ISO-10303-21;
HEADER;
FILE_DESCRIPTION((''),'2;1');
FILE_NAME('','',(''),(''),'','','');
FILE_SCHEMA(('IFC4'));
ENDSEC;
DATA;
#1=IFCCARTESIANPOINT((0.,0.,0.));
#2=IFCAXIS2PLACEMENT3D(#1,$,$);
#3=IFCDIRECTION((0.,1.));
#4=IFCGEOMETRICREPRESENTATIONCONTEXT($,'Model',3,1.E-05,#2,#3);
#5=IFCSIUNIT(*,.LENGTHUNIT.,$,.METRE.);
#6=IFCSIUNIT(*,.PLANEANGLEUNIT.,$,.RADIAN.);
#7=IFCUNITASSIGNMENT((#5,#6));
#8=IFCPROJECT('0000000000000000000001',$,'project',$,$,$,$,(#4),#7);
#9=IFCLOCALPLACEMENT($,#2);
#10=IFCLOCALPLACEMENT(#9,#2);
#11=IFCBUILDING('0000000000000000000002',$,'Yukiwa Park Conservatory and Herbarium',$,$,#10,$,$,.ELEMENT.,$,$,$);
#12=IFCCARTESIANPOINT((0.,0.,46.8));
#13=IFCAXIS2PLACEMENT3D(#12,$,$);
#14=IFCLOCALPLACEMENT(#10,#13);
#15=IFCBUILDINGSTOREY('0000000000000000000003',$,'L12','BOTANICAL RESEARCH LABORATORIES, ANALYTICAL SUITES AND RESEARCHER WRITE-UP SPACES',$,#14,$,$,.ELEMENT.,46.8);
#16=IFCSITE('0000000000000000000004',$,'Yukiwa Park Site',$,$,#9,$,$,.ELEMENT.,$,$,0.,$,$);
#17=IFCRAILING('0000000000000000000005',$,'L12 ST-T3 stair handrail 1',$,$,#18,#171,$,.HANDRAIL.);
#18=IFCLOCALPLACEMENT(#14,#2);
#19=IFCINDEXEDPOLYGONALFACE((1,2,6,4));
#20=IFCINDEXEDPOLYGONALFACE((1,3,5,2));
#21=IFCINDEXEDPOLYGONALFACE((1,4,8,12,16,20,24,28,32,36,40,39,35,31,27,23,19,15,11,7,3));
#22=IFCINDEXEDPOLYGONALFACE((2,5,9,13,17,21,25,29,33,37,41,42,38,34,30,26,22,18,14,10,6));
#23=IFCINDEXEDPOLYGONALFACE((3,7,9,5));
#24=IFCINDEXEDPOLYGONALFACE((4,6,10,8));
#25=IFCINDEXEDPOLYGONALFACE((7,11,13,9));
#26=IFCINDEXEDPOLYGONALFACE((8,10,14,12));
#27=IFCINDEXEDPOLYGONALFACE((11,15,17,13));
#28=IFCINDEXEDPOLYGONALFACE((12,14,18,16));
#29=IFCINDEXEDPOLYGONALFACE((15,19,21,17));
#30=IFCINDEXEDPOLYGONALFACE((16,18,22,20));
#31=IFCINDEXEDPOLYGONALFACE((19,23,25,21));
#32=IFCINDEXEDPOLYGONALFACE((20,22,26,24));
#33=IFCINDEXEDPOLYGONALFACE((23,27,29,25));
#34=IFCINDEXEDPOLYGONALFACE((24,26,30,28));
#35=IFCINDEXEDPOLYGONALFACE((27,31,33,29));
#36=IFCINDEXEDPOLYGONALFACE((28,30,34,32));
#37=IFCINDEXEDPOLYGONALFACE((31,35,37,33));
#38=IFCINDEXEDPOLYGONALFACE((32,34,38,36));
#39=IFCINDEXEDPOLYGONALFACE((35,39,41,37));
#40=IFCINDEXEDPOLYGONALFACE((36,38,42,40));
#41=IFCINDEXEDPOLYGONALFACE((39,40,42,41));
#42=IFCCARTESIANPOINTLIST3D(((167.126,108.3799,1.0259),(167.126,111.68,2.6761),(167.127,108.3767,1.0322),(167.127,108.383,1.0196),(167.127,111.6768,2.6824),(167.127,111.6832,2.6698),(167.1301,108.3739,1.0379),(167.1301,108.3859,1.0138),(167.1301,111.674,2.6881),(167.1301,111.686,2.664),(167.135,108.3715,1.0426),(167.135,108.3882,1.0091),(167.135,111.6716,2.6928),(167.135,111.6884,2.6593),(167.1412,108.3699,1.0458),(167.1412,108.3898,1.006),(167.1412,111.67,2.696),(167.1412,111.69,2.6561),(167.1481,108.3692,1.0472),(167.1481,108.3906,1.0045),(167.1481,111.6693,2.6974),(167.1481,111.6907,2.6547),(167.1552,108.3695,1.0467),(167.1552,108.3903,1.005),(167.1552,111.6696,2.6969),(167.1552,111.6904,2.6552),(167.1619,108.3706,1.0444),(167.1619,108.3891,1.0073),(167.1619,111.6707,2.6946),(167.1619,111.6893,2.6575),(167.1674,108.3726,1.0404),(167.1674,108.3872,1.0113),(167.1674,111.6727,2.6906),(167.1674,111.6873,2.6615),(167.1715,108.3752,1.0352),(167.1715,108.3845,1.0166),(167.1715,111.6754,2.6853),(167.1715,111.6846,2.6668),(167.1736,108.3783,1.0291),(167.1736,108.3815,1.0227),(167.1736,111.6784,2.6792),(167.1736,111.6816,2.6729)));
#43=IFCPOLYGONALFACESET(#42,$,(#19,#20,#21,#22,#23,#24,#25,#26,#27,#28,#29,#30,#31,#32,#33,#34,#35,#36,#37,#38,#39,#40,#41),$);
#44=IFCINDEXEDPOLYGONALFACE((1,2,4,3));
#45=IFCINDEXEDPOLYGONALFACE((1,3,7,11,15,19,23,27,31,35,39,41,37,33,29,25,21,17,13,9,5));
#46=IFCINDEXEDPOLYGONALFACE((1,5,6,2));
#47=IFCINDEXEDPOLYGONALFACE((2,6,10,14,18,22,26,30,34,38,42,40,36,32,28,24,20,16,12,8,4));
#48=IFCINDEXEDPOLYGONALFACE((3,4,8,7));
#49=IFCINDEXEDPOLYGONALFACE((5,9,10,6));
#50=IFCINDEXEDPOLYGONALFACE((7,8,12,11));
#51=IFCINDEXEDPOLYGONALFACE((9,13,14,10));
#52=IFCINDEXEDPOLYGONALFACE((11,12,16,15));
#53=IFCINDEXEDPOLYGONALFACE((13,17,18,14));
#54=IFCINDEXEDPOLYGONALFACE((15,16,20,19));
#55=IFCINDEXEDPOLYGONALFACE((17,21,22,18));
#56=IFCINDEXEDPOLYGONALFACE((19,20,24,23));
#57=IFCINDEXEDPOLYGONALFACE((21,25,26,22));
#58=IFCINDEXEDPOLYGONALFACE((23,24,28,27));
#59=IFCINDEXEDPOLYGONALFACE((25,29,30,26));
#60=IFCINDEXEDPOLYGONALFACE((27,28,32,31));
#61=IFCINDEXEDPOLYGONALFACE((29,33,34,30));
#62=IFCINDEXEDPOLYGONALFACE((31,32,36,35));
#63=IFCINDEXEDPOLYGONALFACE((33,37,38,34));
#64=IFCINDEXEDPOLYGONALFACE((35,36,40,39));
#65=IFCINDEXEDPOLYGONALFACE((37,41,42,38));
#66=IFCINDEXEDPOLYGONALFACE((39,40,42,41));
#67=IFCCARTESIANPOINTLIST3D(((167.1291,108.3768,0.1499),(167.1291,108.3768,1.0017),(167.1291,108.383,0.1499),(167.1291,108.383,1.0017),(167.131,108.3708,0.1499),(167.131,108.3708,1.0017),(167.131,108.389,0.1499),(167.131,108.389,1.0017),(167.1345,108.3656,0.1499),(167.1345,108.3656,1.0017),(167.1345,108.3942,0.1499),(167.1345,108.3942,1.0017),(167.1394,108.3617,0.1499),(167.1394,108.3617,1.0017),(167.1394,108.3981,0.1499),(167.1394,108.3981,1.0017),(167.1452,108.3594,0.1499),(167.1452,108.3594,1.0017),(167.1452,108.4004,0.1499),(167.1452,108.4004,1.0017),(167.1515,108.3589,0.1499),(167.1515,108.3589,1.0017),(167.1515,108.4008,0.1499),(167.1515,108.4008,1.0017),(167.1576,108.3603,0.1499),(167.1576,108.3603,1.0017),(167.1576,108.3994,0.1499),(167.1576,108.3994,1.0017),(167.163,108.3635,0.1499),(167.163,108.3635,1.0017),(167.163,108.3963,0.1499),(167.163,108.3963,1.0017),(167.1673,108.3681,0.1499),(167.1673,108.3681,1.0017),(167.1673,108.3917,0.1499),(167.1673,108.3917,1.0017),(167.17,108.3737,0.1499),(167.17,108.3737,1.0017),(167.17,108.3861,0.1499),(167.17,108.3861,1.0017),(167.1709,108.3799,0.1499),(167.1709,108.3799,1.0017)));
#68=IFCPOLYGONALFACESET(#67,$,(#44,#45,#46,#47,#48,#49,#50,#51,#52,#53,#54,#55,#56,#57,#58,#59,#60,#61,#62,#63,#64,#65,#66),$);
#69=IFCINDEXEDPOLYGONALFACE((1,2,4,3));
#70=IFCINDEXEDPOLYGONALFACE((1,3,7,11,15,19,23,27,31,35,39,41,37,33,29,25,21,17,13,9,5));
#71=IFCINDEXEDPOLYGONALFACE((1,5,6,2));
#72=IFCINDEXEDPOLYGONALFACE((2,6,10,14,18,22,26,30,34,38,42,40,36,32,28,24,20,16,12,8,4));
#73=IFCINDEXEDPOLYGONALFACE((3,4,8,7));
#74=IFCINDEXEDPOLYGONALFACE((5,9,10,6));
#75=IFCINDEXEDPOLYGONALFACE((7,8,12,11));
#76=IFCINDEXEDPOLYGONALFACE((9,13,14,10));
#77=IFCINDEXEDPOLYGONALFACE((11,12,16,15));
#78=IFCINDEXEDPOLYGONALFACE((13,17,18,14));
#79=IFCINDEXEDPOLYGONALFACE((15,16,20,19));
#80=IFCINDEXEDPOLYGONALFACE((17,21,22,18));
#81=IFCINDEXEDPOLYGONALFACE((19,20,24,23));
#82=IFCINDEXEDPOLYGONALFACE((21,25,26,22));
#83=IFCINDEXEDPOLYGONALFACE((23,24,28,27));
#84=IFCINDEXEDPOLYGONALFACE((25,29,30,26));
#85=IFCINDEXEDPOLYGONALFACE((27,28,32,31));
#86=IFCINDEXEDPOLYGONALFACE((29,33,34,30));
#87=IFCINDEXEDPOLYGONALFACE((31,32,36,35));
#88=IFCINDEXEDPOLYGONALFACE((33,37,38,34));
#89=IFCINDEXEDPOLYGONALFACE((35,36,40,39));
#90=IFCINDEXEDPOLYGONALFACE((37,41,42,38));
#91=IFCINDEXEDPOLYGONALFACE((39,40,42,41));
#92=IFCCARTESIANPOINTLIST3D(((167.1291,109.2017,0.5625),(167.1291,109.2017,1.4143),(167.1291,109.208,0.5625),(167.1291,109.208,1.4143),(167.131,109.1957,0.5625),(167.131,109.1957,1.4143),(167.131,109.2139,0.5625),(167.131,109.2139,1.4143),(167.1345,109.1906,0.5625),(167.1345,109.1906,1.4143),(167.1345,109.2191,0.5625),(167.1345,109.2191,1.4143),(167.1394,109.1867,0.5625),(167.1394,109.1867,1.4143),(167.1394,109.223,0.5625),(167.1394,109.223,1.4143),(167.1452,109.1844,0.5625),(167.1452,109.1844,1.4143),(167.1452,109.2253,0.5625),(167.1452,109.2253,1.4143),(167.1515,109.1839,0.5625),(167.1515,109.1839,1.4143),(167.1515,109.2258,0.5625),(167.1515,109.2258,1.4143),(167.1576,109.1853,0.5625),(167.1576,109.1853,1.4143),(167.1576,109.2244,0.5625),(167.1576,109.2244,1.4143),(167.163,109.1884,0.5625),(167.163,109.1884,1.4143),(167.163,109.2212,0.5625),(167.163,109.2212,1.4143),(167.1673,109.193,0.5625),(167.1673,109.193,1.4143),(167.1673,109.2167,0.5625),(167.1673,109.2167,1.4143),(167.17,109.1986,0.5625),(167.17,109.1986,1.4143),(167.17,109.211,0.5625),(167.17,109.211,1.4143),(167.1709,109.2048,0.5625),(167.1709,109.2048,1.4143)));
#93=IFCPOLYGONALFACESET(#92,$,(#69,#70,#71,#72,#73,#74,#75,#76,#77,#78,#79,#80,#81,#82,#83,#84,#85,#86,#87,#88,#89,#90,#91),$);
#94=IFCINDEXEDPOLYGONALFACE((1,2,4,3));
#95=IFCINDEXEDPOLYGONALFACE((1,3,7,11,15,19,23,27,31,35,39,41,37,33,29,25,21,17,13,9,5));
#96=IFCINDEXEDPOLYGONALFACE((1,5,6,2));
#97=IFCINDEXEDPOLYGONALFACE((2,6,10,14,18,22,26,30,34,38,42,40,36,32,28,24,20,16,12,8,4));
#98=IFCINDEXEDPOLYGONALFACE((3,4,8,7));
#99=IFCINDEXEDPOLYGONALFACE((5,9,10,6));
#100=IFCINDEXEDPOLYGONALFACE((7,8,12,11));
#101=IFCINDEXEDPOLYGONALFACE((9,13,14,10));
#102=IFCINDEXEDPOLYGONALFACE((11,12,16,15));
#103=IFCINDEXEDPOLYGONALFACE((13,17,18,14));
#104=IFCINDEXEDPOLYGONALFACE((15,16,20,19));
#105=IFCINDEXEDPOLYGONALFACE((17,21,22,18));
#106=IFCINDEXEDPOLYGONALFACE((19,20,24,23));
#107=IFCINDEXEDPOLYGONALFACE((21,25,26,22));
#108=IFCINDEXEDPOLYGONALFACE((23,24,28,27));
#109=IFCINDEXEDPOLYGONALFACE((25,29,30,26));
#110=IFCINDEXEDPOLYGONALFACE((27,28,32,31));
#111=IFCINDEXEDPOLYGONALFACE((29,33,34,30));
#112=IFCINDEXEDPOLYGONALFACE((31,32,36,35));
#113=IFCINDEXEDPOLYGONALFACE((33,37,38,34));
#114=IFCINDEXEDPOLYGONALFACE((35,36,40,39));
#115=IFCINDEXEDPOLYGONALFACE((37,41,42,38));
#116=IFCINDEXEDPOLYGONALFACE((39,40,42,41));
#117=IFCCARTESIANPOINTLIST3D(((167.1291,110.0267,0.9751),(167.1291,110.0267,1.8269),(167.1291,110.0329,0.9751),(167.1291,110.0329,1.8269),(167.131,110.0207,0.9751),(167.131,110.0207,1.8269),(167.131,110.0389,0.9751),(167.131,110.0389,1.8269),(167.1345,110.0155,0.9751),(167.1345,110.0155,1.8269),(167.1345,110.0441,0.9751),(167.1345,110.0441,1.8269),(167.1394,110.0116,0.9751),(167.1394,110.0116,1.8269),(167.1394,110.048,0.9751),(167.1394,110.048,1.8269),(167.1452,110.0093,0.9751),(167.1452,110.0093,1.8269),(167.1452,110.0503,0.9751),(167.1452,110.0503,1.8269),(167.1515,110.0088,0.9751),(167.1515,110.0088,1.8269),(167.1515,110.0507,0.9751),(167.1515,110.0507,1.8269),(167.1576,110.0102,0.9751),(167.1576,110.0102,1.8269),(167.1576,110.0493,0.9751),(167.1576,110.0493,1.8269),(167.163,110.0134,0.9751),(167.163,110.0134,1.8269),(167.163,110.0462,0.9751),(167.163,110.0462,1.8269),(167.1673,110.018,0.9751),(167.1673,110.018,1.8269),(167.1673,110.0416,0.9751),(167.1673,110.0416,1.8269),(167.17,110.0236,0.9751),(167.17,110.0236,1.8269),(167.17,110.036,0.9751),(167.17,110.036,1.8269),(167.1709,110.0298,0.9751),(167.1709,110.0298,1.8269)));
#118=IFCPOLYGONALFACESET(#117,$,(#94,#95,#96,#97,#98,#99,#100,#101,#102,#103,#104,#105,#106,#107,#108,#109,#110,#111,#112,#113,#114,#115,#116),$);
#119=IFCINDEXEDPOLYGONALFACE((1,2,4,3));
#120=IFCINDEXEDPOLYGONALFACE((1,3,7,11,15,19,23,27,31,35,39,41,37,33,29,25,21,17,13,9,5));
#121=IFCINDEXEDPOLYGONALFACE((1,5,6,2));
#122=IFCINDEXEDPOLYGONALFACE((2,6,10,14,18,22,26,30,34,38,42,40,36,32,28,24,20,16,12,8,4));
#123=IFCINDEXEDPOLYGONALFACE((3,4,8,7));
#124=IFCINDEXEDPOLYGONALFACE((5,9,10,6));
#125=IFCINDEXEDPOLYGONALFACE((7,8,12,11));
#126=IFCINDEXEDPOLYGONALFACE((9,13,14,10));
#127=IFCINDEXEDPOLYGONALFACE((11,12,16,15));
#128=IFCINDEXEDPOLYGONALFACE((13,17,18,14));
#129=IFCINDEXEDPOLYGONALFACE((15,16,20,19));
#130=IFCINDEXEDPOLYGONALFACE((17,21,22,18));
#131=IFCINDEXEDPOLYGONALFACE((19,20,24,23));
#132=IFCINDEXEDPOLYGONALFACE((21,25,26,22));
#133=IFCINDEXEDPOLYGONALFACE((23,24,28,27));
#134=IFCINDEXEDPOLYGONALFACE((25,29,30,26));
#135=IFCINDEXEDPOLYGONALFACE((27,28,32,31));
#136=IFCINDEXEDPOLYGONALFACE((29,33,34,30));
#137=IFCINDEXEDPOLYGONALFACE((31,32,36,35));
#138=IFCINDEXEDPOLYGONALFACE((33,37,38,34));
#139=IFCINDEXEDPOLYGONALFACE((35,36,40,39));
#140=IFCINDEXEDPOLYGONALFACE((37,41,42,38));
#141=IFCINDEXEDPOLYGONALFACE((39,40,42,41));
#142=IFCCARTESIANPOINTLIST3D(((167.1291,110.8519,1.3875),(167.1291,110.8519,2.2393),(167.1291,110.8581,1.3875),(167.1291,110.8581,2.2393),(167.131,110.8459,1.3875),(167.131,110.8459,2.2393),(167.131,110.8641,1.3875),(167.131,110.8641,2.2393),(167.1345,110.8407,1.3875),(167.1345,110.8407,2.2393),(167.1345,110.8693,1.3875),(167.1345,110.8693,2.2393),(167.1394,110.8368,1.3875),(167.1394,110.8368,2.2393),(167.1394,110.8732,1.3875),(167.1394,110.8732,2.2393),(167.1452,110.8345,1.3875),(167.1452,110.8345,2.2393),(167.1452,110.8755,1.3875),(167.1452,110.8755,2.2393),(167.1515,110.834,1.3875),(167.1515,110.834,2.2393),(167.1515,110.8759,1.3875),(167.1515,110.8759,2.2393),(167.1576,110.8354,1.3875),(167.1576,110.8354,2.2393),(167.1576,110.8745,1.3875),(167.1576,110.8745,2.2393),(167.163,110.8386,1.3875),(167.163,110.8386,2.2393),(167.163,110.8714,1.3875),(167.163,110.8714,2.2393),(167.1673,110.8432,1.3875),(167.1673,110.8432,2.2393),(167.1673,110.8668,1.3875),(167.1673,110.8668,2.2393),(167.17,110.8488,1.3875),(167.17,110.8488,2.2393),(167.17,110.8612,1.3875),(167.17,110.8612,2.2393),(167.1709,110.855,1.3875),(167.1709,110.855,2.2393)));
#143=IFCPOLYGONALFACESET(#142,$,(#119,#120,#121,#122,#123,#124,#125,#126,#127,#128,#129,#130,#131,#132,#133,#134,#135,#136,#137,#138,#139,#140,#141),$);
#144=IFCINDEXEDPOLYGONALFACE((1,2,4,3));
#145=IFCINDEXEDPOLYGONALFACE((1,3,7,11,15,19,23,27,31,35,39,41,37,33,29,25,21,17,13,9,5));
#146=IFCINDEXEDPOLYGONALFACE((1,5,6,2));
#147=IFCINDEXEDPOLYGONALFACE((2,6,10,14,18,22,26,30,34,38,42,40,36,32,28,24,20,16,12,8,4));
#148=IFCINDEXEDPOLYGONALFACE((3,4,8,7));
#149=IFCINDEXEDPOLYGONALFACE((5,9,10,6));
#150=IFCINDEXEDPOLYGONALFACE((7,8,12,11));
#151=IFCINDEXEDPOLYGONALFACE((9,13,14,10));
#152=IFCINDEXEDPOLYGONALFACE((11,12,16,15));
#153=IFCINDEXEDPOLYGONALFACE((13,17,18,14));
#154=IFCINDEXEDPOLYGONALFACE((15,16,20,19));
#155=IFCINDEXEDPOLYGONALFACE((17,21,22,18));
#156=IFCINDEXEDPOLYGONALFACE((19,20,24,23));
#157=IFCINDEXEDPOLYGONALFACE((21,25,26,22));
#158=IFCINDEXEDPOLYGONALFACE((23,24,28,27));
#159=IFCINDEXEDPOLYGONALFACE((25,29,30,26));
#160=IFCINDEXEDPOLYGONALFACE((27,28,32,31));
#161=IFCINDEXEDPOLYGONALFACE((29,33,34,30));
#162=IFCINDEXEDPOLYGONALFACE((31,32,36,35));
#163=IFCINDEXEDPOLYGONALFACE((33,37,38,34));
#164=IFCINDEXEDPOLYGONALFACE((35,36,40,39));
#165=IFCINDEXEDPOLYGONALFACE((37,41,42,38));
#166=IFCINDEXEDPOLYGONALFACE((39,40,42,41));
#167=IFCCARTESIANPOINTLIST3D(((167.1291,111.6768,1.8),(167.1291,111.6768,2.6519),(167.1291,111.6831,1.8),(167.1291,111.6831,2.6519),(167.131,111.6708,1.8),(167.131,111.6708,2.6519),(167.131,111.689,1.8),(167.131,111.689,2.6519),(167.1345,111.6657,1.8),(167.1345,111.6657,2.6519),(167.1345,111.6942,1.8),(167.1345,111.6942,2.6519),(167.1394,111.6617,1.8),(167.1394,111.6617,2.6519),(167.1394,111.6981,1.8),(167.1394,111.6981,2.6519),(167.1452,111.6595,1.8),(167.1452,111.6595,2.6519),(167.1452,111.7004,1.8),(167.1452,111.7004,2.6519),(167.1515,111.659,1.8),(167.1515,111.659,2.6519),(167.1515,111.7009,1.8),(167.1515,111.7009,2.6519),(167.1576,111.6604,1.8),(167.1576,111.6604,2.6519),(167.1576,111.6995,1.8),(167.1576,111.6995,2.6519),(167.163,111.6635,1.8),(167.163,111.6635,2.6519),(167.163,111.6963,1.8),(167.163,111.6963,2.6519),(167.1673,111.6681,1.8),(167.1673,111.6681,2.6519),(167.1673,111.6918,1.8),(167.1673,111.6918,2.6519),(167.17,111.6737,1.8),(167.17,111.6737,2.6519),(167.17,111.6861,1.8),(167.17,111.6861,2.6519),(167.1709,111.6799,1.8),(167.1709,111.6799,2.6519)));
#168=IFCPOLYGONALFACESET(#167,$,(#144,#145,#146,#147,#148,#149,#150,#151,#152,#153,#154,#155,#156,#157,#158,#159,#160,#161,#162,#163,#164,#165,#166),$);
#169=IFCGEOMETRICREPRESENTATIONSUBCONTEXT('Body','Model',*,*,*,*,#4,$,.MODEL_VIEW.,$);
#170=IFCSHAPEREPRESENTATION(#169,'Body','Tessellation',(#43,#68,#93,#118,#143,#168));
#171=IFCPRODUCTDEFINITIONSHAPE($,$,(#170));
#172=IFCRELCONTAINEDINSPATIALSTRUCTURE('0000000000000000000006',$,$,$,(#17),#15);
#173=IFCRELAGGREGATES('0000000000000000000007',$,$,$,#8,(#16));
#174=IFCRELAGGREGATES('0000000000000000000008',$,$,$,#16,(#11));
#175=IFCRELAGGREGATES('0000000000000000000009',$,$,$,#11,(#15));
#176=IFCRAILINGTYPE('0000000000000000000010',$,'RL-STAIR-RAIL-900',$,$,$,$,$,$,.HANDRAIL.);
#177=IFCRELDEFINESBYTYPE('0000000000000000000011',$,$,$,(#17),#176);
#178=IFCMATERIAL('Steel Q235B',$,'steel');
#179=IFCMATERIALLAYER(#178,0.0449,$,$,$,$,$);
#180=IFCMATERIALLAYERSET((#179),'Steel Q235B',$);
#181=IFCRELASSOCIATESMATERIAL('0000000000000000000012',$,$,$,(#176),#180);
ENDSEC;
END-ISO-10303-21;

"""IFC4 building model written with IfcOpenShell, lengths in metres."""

from ifc_helpers import new_model, si_unit, direction, frame, origin, origin_2d, place, context, subcontext, project, spatial, circle, extrude, material, layer, layer_set, type_object, element, save


model = new_model("IFC4")

# Units and contexts
model_context = context("Model", 3, precision=1e-05, world=origin(), true_north=direction((0.0, 1.0)))
body_context = subcontext(model_context, "Body", "Model", "MODEL_VIEW")
ifc_project = project(units=[si_unit("LENGTHUNIT", "METRE"), si_unit("PLANEANGLEUNIT", "RADIAN")], contexts=[model_context])

# Site, building, storey
site_placement = place(None, origin())
site = spatial("IfcSite", under=ifc_project, at=site_placement, Name="Yukiwa Park Site", CompositionType="ELEMENT", RefElevation=0.0)
building_placement = place(site_placement, origin())
building = spatial("IfcBuilding", under=site, at=building_placement, Name="Yukiwa Park Conservatory and Herbarium", CompositionType="ELEMENT")
storey_placement = place(building_placement, frame((0.0, 0.0, 46.8)))
storey = spatial("IfcBuildingStorey", under=building, at=storey_placement, Name="L12", Description="BOTANICAL RESEARCH LABORATORIES, ANALYTICAL SUITES AND RESEARCHER WRITE-UP SPACES", CompositionType="ELEMENT", Elevation=46.8)

# Railing
ifc_material_1 = material(Name="Steel Q235B", Category="steel")
ifc_layer_1 = layer(ifc_material_1, 0.0449)
ifc_layer_set_1 = layer_set([ifc_layer_1], Name="Steel Q235B")
railing_type_1 = type_object("IfcRailingType", Name="RL-STAIR-RAIL-900", PredefinedType="HANDRAIL", material=ifc_layer_set_1)
railing_1_placement = place(storey_placement, frame((167.1499, 108.3799, 0.1499)))
element("IfcRailing", 1, at=railing_1_placement, inside=storey, type_object=railing_type_1, Name="L12 ST-T3 stair handrail 1", PredefinedType="HANDRAIL", context=body_context, shape_type="SweptSolid", body=[
    extrude(circle(Radius=0.0239, at=origin_2d()), frame((0.0, 0.0, 0.876), z_axis=(0.0, 0.894414, 0.44724), x_axis=(-1.0, 0.0, 0.0)), (0.0, 0.0, 1.0), 3.6897),
    extrude(circle(Radius=0.021, at=origin_2d()), origin(), (0.0, 0.0, 1.0), 0.8518),
    extrude(circle(Radius=0.021, at=origin_2d()), frame((0.0, 0.825, 0.4126)), (0.0, 0.0, 1.0), 0.8518),
    extrude(circle(Radius=0.021, at=origin_2d()), frame((0.0, 1.6499, 0.8252)), (0.0, 0.0, 1.0), 0.8518),
    extrude(circle(Radius=0.021, at=origin_2d()), frame((0.0, 2.4751, 1.2375)), (0.0, 0.0, 1.0), 0.8518),
    extrude(circle(Radius=0.021, at=origin_2d()), frame((0.0, 3.3, 1.6501)), (0.0, 0.0, 1.0), 0.8518),
])

save(model, "model.ifc")
